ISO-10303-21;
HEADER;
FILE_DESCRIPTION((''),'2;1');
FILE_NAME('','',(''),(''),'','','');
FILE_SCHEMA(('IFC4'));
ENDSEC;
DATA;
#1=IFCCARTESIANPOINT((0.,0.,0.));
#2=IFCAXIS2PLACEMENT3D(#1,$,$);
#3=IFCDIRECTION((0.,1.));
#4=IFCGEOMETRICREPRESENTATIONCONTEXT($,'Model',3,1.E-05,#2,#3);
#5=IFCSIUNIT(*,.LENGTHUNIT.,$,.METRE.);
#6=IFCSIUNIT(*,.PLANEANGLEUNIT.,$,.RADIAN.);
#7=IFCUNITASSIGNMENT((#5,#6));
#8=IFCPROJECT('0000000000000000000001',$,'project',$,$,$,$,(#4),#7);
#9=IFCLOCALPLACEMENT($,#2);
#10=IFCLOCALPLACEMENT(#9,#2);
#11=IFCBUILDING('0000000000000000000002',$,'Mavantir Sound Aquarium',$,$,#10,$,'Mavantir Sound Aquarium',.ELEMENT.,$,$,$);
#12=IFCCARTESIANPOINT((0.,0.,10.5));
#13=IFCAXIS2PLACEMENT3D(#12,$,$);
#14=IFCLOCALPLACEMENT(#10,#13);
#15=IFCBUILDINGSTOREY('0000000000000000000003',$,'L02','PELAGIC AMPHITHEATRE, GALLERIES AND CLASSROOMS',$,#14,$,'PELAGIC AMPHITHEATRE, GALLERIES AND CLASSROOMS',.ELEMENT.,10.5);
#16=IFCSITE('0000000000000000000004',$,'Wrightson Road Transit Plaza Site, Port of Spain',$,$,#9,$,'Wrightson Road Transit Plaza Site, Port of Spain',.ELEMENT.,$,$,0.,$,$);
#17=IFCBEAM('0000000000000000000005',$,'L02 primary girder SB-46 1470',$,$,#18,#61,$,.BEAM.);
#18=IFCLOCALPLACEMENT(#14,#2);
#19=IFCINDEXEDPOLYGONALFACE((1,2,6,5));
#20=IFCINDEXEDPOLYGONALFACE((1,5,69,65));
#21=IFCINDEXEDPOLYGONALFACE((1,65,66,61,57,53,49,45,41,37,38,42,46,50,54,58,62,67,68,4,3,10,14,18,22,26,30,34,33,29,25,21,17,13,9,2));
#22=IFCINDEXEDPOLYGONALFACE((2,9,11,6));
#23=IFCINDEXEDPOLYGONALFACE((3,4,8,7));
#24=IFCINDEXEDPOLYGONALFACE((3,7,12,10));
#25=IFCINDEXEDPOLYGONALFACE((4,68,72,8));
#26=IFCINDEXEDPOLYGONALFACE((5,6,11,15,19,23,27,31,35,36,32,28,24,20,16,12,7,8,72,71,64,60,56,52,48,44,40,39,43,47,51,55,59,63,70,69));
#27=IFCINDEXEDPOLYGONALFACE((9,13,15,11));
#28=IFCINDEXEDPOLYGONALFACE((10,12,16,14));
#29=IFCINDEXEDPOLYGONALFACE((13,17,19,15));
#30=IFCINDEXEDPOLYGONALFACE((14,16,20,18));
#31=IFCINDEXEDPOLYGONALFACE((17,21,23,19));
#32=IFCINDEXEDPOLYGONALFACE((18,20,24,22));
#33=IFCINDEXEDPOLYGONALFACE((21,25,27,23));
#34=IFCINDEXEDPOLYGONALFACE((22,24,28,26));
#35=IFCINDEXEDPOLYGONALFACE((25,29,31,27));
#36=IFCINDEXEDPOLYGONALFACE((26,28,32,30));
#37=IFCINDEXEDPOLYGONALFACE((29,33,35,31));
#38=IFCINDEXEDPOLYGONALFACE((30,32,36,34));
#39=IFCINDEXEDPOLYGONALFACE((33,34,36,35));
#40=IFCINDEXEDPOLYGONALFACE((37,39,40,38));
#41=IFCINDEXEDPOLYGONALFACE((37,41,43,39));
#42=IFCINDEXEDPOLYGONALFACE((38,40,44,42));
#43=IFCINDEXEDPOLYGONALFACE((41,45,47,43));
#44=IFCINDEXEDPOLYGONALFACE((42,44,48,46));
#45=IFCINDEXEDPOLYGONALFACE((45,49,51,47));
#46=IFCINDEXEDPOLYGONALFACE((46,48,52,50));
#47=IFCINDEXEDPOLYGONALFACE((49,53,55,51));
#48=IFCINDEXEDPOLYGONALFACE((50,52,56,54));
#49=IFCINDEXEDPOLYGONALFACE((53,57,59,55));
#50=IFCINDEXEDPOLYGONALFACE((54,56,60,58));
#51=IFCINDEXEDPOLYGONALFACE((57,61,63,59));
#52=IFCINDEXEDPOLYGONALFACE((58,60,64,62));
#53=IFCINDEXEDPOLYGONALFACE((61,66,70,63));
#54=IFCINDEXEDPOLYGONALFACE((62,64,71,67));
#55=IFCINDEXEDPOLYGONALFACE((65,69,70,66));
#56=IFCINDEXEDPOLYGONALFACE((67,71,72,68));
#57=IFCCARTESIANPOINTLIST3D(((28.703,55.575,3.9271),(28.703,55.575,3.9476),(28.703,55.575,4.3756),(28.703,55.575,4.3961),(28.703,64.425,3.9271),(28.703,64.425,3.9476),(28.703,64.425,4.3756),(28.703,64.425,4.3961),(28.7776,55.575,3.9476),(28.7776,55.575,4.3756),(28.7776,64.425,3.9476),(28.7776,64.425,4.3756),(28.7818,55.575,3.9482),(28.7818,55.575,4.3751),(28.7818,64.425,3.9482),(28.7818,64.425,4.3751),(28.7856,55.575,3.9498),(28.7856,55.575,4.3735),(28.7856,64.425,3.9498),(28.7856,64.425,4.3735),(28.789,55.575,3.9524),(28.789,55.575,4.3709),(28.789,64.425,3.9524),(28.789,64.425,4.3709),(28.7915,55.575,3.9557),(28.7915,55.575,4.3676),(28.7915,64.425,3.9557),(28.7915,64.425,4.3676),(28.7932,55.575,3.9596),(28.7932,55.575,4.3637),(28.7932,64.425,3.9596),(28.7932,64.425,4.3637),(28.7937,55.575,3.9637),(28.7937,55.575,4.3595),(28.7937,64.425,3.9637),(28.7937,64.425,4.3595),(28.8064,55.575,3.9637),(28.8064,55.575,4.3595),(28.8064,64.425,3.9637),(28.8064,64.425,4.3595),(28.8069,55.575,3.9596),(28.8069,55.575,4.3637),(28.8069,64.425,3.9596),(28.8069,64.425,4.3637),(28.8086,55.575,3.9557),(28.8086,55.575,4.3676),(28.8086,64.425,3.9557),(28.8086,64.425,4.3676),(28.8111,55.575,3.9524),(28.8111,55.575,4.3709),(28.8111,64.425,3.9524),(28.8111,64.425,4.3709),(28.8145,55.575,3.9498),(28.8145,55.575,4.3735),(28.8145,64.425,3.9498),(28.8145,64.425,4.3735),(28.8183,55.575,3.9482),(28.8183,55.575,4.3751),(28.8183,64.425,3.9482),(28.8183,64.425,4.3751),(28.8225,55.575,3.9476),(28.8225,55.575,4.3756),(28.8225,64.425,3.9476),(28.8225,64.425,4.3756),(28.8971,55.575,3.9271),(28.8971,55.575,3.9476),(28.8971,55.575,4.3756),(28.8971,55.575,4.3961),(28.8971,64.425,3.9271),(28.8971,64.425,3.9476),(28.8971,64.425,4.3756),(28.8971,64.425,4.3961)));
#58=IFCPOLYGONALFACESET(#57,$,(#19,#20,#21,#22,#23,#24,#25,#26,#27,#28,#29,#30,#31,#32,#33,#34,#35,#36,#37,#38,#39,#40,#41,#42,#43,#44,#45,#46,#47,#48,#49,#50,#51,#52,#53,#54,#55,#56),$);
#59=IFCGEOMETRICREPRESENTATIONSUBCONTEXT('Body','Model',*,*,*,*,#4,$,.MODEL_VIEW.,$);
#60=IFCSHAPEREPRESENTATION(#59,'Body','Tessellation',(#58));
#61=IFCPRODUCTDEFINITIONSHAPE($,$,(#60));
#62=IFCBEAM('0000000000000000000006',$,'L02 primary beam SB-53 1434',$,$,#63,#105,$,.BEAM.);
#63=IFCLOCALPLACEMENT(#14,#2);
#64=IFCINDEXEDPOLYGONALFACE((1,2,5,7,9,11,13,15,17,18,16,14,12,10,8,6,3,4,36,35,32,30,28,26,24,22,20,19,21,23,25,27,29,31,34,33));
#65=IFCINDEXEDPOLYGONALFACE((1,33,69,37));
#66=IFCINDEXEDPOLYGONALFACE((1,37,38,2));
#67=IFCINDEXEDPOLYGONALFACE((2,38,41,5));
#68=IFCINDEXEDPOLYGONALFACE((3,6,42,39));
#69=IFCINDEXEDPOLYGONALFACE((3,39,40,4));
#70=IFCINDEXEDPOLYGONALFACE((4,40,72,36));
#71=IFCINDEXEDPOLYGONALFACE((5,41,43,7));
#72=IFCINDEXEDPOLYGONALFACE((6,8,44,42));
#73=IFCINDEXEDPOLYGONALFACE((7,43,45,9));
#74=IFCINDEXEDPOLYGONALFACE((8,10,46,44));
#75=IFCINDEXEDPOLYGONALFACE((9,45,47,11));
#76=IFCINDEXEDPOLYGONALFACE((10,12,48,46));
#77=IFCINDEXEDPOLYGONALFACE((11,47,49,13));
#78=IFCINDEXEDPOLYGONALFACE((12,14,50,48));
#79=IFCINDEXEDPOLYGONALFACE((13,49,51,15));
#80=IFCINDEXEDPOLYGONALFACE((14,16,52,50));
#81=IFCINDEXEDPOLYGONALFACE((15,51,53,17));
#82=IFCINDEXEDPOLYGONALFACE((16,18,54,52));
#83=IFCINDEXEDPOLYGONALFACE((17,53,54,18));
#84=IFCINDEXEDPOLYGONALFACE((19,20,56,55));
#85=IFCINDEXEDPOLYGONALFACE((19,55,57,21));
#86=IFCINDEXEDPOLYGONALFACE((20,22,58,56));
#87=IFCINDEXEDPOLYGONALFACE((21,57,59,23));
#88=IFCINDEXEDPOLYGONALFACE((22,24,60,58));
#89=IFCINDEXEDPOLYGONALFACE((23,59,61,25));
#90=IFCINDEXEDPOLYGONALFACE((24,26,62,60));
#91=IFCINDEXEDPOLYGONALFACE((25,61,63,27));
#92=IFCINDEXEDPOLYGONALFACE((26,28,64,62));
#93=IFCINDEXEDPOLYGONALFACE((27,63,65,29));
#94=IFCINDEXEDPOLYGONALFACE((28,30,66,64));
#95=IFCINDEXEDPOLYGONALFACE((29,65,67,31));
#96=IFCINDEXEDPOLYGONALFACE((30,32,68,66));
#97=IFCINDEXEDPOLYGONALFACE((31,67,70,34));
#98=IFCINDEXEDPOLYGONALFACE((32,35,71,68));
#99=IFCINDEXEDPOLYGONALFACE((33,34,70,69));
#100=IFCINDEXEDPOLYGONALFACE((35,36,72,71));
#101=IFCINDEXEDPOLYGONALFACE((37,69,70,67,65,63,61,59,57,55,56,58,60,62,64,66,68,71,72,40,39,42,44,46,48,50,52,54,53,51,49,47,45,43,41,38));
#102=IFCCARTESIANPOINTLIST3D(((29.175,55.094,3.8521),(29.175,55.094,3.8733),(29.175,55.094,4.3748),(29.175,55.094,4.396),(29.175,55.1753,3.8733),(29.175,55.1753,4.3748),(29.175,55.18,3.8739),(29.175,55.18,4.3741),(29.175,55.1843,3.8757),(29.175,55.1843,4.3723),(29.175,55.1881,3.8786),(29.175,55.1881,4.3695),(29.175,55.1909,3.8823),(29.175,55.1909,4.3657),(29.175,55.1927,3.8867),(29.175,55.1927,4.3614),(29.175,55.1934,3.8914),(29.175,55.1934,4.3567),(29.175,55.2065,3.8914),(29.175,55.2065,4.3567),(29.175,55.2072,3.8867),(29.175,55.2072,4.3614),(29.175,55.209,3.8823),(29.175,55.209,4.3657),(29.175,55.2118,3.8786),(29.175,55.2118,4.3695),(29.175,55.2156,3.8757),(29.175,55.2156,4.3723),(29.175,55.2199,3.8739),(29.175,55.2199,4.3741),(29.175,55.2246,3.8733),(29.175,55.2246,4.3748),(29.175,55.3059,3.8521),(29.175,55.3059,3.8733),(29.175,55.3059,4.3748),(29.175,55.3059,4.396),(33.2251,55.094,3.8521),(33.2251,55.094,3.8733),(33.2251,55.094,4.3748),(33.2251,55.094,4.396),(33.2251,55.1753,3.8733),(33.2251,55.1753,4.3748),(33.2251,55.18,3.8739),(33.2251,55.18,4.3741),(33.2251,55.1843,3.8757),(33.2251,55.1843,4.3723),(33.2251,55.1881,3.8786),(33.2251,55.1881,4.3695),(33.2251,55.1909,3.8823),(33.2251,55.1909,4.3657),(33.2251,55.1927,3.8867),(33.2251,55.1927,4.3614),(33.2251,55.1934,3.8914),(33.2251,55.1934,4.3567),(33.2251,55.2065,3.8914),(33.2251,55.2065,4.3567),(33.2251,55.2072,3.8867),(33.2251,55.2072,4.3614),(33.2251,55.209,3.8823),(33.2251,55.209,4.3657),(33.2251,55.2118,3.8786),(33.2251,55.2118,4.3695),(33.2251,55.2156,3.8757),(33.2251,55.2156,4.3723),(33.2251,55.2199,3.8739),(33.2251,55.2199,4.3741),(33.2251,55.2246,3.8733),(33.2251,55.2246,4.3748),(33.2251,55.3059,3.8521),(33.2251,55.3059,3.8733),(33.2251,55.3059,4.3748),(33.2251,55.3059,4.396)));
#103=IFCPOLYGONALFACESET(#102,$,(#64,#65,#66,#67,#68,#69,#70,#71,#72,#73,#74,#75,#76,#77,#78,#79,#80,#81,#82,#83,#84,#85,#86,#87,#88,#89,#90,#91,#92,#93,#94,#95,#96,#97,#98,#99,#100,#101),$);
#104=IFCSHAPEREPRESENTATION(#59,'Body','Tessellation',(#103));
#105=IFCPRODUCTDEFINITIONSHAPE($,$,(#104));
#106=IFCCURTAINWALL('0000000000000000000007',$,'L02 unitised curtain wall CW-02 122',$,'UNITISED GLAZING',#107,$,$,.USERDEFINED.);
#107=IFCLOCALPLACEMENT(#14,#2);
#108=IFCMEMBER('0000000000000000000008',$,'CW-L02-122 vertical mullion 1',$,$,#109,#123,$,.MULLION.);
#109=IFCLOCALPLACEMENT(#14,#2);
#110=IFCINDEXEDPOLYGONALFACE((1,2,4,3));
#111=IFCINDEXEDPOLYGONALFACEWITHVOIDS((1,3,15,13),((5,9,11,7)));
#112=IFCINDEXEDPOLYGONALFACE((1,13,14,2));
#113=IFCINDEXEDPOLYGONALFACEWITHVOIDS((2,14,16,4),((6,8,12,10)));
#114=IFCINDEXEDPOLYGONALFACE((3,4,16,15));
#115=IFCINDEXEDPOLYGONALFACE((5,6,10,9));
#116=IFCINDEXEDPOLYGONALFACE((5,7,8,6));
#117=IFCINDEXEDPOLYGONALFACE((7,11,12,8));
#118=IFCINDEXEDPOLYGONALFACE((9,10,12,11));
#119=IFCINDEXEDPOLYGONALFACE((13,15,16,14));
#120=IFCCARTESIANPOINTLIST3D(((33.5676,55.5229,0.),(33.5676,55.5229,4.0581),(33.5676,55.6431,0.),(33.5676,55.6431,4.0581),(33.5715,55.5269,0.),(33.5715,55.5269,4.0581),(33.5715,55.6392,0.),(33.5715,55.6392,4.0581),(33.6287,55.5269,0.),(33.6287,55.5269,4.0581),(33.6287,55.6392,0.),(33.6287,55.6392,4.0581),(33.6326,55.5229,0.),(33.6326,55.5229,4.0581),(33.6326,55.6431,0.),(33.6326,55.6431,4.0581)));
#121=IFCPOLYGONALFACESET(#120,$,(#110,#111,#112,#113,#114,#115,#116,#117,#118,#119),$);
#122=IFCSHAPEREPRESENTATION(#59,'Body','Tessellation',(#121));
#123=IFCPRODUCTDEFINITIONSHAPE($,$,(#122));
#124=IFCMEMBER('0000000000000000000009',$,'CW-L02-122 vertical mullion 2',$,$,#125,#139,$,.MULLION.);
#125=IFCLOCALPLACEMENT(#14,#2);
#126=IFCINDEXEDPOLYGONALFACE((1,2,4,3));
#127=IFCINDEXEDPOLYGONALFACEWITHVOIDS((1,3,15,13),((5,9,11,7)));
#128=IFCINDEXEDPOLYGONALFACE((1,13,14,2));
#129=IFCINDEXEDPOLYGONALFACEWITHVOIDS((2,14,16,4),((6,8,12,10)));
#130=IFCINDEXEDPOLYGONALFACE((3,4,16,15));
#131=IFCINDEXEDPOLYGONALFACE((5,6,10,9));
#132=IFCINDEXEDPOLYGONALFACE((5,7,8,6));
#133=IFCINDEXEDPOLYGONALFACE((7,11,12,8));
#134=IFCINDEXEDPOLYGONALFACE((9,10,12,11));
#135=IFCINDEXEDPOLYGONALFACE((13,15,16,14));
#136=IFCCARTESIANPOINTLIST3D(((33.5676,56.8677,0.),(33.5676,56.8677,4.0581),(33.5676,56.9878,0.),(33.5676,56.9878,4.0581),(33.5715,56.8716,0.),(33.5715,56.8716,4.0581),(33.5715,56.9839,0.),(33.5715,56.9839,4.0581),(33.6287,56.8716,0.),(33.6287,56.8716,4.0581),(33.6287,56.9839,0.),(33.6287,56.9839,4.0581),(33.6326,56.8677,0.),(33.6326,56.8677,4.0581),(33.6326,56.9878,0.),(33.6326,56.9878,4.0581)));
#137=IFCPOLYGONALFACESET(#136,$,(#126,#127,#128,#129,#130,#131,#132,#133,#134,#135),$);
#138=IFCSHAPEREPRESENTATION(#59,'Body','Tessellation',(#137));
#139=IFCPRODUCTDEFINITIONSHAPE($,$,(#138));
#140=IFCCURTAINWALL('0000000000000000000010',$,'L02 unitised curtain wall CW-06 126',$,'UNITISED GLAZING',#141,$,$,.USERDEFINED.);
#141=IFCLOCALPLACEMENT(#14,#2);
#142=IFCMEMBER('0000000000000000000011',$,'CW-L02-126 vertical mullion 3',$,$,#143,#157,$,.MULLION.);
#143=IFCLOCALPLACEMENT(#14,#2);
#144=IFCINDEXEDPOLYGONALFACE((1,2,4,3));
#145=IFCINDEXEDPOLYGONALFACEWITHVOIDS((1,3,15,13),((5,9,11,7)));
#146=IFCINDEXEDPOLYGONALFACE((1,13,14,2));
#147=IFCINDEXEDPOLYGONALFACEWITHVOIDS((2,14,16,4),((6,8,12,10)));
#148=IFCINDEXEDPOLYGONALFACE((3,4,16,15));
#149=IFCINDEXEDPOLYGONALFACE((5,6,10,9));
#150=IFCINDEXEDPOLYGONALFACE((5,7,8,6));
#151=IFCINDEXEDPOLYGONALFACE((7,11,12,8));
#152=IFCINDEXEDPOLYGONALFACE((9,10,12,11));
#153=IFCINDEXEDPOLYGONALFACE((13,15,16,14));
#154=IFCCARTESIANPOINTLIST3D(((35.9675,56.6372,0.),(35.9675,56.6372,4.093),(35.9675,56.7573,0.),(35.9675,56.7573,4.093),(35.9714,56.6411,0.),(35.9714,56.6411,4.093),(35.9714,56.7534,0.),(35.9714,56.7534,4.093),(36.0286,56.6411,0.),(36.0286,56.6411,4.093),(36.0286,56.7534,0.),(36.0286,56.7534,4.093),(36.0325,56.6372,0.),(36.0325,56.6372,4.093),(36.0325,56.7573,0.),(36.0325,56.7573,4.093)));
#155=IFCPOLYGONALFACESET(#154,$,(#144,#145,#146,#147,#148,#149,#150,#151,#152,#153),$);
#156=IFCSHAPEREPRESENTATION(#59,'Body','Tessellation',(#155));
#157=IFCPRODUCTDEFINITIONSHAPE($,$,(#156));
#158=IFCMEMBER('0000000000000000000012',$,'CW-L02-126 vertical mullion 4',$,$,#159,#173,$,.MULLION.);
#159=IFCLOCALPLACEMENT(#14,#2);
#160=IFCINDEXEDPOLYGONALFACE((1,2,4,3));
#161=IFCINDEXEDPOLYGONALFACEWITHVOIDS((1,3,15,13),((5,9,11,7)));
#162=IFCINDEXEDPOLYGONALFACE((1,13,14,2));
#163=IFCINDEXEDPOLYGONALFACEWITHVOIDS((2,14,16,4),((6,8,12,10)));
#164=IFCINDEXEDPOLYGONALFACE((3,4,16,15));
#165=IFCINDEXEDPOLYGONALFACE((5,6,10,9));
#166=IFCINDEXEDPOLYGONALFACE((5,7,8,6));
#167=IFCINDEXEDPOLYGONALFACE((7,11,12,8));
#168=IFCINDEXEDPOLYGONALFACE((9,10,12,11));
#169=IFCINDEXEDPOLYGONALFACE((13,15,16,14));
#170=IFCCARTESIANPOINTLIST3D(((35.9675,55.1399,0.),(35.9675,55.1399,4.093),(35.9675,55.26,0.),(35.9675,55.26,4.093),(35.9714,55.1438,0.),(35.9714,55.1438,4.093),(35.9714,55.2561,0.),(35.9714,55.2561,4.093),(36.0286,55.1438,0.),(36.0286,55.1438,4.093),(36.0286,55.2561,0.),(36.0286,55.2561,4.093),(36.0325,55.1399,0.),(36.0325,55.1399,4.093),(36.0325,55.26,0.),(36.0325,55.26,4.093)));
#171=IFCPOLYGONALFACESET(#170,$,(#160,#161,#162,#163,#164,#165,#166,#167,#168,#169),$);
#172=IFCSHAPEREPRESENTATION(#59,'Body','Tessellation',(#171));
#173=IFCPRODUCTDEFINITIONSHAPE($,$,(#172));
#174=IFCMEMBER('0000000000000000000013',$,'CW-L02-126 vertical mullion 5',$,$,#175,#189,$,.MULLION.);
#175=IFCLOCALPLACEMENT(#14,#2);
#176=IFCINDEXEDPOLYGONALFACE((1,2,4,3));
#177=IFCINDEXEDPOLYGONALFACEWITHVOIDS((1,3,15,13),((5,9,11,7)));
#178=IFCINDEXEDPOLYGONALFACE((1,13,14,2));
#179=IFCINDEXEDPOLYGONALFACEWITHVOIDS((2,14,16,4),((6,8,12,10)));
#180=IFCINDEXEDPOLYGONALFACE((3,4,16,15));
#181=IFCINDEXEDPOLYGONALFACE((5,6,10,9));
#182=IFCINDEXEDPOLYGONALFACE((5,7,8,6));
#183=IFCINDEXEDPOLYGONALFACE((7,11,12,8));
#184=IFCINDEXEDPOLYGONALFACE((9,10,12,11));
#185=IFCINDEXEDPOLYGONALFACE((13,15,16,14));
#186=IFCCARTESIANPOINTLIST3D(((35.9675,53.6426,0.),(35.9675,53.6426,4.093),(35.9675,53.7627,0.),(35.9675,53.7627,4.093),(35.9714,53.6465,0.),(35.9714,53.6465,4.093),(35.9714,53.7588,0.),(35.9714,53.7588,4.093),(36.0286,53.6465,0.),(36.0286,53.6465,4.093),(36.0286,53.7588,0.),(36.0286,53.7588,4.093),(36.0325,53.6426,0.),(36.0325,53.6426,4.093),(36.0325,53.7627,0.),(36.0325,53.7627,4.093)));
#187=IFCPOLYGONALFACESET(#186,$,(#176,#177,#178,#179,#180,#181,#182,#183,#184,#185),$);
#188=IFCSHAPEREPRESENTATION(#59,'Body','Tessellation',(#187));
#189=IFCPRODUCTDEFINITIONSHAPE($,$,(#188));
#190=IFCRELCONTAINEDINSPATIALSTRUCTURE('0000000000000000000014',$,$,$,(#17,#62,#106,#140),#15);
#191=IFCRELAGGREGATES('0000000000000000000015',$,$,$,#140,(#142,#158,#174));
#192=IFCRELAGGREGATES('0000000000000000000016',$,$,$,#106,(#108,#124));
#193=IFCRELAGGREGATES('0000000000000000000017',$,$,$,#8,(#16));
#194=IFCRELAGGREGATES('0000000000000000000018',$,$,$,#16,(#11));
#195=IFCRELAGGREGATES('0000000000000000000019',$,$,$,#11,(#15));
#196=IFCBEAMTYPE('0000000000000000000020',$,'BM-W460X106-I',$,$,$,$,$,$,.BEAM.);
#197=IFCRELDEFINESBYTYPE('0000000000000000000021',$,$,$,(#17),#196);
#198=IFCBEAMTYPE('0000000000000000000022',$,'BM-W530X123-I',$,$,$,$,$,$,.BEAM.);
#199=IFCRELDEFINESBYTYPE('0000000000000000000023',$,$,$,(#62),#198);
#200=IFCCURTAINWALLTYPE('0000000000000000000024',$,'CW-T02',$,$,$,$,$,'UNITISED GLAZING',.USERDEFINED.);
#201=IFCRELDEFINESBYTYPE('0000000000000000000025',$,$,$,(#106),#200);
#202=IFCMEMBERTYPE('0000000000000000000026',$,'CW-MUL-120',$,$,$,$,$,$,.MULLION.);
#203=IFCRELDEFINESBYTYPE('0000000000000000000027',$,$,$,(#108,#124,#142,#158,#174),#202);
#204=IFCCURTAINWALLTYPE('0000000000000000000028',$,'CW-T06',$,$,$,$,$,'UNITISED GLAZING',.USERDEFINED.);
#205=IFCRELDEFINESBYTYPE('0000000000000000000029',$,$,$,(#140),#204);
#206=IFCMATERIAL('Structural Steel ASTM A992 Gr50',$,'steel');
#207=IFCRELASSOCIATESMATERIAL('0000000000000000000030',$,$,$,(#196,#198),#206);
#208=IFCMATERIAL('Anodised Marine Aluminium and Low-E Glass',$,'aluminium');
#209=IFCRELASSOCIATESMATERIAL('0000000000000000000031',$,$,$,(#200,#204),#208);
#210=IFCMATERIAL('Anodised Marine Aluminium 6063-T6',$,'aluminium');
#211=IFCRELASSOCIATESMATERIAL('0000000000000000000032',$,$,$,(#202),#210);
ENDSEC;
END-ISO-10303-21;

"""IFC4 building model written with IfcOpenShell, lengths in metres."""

from ifc_helpers import new_model, si_unit, direction, frame, origin, origin_2d, place, context, subcontext, project, spatial, hollow_rectangle, i_section, extrude, material, material_profile, profile_set, type_object, element, aggregate, save


model = new_model("IFC4")

# Units and contexts
model_context = context("Model", 3, precision=1e-05, world=origin(), true_north=direction((0.0, 1.0)))
body_context = subcontext(model_context, "Body", "Model", "MODEL_VIEW")
ifc_project = project(units=[si_unit("LENGTHUNIT", "METRE"), si_unit("PLANEANGLEUNIT", "RADIAN")], contexts=[model_context])

# Site, building, storey
site_placement = place(None, origin())
site = spatial("IfcSite", under=ifc_project, at=site_placement, Name="Wrightson Road Transit Plaza Site, Port of Spain", LongName="Wrightson Road Transit Plaza Site, Port of Spain", CompositionType="ELEMENT", RefElevation=0.0)
building_placement = place(site_placement, origin())
building = spatial("IfcBuilding", under=site, at=building_placement, Name="Mavantir Sound Aquarium", LongName="Mavantir Sound Aquarium", CompositionType="ELEMENT")
storey_placement = place(building_placement, frame((0.0, 0.0, 10.5)))
storey = spatial("IfcBuildingStorey", under=building, at=storey_placement, Name="L02", Description="PELAGIC AMPHITHEATRE, GALLERIES AND CLASSROOMS", LongName="PELAGIC AMPHITHEATRE, GALLERIES AND CLASSROOMS", CompositionType="ELEMENT", Elevation=10.5)

# Beams
ifc_material_1 = material(Name="Structural Steel ASTM A992 Gr50", Category="steel")
ifc_material_profile_1 = material_profile(ifc_material_1, i_section(OverallWidth=0.1941, OverallDepth=0.469, WebThickness=0.0127, FlangeThickness=0.0205, FilletRadius=0.0161, at=origin_2d()), Name="W460X106")
ifc_profile_set_1 = profile_set([ifc_material_profile_1], Name="Structural Steel ASTM A992 Gr50")
beam_type_1 = type_object("IfcBeamType", Name="BM-W460X106-I", PredefinedType="BEAM", material=ifc_profile_set_1)
beam_1_placement = place(storey_placement, frame((28.8, 55.575, 4.1616), z_axis=(0.0, 1.0, 0.0), x_axis=(-1.0, 0.0, 0.0)))
element("IfcBeam", 1, at=beam_1_placement, inside=storey, type_object=beam_type_1, Name="L02 primary girder SB-46 1470", PredefinedType="BEAM", context=body_context, shape_type="SweptSolid", body=[
    extrude(i_section(OverallWidth=0.1941, OverallDepth=0.469, WebThickness=0.0127, FlangeThickness=0.0205, FilletRadius=0.0161, at=origin_2d()), origin(), (0.0, 0.0, 1.0), 8.8501),
])
ifc_material_profile_2 = material_profile(ifc_material_1, i_section(OverallWidth=0.2119, OverallDepth=0.5439, WebThickness=0.0132, FlangeThickness=0.0212, FilletRadius=0.0181, at=origin_2d()), Name="W530X123")
ifc_profile_set_2 = profile_set([ifc_material_profile_2], Name="Structural Steel ASTM A992 Gr50")
beam_type_2 = type_object("IfcBeamType", Name="BM-W530X123-I", PredefinedType="BEAM", material=ifc_profile_set_2)
beam_2_placement = place(storey_placement, frame((29.175, 55.2, 4.124), z_axis=(1.0, 0.0, 0.0), x_axis=(0.0, 1.0, 0.0)))
element("IfcBeam", 2, at=beam_2_placement, inside=storey, type_object=beam_type_2, Name="L02 primary beam SB-53 1434", PredefinedType="BEAM", context=body_context, shape_type="SweptSolid", body=[
    extrude(i_section(OverallWidth=0.2119, OverallDepth=0.5439, WebThickness=0.0132, FlangeThickness=0.0212, FilletRadius=0.0181, at=origin_2d()), origin(), (0.0, 0.0, 1.0), 4.05),
])

# Curtain walls, members
ifc_material_2 = material(Name="Anodised Marine Aluminium and Low-E Glass", Category="aluminium")
curtain_wall_type_1 = type_object("IfcCurtainWallType", Name="CW-T02", ElementType="UNITISED GLAZING", PredefinedType="USERDEFINED", material=ifc_material_2)
curtain_wall_1_placement = place(storey_placement, origin())
curtain_wall_1 = element("IfcCurtainWall", 3, at=curtain_wall_1_placement, inside=storey, type_object=curtain_wall_type_1, Name="L02 unitised curtain wall CW-02 122", ObjectType="UNITISED GLAZING", PredefinedType="USERDEFINED")
ifc_material_3 = material(Name="Anodised Marine Aluminium 6063-T6", Category="aluminium")
ifc_material_profile_3 = material_profile(ifc_material_3, hollow_rectangle(XDim=0.0649, YDim=0.1201, WallThickness=0.0039, at=origin_2d()), Name="ALU-MULLION-120X65")
ifc_profile_set_3 = profile_set([ifc_material_profile_3], Name="Anodised Marine Aluminium 6063-T6")
member_type_1 = type_object("IfcMemberType", Name="CW-MUL-120", PredefinedType="MULLION", material=ifc_profile_set_3)
member_1_placement = place(storey_placement, frame((33.6001, 55.583, 0.0), z_axis=(0.0, 0.0, 1.0), x_axis=(1.0, 0.0, 0.0)))
member_1 = element("IfcMember", 4, at=member_1_placement, type_object=member_type_1, Name="CW-L02-122 vertical mullion 1", PredefinedType="MULLION", context=body_context, shape_type="SweptSolid", body=[
    extrude(hollow_rectangle(XDim=0.0649, YDim=0.1201, WallThickness=0.0039, at=origin_2d()), origin(), (0.0, 0.0, 1.0), 4.0581),
])
member_2_placement = place(storey_placement, frame((33.6001, 56.9277, 0.0), z_axis=(0.0, 0.0, 1.0), x_axis=(1.0, 0.0, 0.0)))
member_2 = element("IfcMember", 5, at=member_2_placement, type_object=member_type_1, Name="CW-L02-122 vertical mullion 2", PredefinedType="MULLION", context=body_context, shape_type="SweptSolid", body=[
    extrude(hollow_rectangle(XDim=0.0649, YDim=0.1201, WallThickness=0.0039, at=origin_2d()), origin(), (0.0, 0.0, 1.0), 4.0581),
])
curtain_wall_type_2 = type_object("IfcCurtainWallType", Name="CW-T06", ElementType="UNITISED GLAZING", PredefinedType="USERDEFINED", material=ifc_material_2)
curtain_wall_2_placement = place(storey_placement, origin())
curtain_wall_2 = element("IfcCurtainWall", 6, at=curtain_wall_2_placement, inside=storey, type_object=curtain_wall_type_2, Name="L02 unitised curtain wall CW-06 126", ObjectType="UNITISED GLAZING", PredefinedType="USERDEFINED")
member_3_placement = place(storey_placement, frame((36.0, 56.6973, 0.0), z_axis=(0.0, 0.0, 1.0), x_axis=(1.0, 0.0, 0.0)))
member_3 = element("IfcMember", 7, at=member_3_placement, type_object=member_type_1, Name="CW-L02-126 vertical mullion 3", PredefinedType="MULLION", context=body_context, shape_type="SweptSolid", body=[
    extrude(hollow_rectangle(XDim=0.0649, YDim=0.1201, WallThickness=0.0039, at=origin_2d()), origin(), (0.0, 0.0, 1.0), 4.093),
])
member_4_placement = place(storey_placement, frame((36.0, 55.2, 0.0), z_axis=(0.0, 0.0, 1.0), x_axis=(1.0, 0.0, 0.0)))
member_4 = element("IfcMember", 8, at=member_4_placement, type_object=member_type_1, Name="CW-L02-126 vertical mullion 4", PredefinedType="MULLION", context=body_context, shape_type="SweptSolid", body=[
    extrude(hollow_rectangle(XDim=0.0649, YDim=0.1201, WallThickness=0.0039, at=origin_2d()), origin(), (0.0, 0.0, 1.0), 4.093),
])
member_5_placement = place(storey_placement, frame((36.0, 53.7026, 0.0), z_axis=(0.0, 0.0, 1.0), x_axis=(1.0, 0.0, 0.0)))
member_5 = element("IfcMember", 9, at=member_5_placement, type_object=member_type_1, Name="CW-L02-126 vertical mullion 5", PredefinedType="MULLION", context=body_context, shape_type="SweptSolid", body=[
    extrude(hollow_rectangle(XDim=0.0649, YDim=0.1201, WallThickness=0.0039, at=origin_2d()), origin(), (0.0, 0.0, 1.0), 4.093),
])
aggregate(curtain_wall_2, [member_3, member_4, member_5])

aggregate(curtain_wall_1, [member_1, member_2])

save(model, "model.ifc")
